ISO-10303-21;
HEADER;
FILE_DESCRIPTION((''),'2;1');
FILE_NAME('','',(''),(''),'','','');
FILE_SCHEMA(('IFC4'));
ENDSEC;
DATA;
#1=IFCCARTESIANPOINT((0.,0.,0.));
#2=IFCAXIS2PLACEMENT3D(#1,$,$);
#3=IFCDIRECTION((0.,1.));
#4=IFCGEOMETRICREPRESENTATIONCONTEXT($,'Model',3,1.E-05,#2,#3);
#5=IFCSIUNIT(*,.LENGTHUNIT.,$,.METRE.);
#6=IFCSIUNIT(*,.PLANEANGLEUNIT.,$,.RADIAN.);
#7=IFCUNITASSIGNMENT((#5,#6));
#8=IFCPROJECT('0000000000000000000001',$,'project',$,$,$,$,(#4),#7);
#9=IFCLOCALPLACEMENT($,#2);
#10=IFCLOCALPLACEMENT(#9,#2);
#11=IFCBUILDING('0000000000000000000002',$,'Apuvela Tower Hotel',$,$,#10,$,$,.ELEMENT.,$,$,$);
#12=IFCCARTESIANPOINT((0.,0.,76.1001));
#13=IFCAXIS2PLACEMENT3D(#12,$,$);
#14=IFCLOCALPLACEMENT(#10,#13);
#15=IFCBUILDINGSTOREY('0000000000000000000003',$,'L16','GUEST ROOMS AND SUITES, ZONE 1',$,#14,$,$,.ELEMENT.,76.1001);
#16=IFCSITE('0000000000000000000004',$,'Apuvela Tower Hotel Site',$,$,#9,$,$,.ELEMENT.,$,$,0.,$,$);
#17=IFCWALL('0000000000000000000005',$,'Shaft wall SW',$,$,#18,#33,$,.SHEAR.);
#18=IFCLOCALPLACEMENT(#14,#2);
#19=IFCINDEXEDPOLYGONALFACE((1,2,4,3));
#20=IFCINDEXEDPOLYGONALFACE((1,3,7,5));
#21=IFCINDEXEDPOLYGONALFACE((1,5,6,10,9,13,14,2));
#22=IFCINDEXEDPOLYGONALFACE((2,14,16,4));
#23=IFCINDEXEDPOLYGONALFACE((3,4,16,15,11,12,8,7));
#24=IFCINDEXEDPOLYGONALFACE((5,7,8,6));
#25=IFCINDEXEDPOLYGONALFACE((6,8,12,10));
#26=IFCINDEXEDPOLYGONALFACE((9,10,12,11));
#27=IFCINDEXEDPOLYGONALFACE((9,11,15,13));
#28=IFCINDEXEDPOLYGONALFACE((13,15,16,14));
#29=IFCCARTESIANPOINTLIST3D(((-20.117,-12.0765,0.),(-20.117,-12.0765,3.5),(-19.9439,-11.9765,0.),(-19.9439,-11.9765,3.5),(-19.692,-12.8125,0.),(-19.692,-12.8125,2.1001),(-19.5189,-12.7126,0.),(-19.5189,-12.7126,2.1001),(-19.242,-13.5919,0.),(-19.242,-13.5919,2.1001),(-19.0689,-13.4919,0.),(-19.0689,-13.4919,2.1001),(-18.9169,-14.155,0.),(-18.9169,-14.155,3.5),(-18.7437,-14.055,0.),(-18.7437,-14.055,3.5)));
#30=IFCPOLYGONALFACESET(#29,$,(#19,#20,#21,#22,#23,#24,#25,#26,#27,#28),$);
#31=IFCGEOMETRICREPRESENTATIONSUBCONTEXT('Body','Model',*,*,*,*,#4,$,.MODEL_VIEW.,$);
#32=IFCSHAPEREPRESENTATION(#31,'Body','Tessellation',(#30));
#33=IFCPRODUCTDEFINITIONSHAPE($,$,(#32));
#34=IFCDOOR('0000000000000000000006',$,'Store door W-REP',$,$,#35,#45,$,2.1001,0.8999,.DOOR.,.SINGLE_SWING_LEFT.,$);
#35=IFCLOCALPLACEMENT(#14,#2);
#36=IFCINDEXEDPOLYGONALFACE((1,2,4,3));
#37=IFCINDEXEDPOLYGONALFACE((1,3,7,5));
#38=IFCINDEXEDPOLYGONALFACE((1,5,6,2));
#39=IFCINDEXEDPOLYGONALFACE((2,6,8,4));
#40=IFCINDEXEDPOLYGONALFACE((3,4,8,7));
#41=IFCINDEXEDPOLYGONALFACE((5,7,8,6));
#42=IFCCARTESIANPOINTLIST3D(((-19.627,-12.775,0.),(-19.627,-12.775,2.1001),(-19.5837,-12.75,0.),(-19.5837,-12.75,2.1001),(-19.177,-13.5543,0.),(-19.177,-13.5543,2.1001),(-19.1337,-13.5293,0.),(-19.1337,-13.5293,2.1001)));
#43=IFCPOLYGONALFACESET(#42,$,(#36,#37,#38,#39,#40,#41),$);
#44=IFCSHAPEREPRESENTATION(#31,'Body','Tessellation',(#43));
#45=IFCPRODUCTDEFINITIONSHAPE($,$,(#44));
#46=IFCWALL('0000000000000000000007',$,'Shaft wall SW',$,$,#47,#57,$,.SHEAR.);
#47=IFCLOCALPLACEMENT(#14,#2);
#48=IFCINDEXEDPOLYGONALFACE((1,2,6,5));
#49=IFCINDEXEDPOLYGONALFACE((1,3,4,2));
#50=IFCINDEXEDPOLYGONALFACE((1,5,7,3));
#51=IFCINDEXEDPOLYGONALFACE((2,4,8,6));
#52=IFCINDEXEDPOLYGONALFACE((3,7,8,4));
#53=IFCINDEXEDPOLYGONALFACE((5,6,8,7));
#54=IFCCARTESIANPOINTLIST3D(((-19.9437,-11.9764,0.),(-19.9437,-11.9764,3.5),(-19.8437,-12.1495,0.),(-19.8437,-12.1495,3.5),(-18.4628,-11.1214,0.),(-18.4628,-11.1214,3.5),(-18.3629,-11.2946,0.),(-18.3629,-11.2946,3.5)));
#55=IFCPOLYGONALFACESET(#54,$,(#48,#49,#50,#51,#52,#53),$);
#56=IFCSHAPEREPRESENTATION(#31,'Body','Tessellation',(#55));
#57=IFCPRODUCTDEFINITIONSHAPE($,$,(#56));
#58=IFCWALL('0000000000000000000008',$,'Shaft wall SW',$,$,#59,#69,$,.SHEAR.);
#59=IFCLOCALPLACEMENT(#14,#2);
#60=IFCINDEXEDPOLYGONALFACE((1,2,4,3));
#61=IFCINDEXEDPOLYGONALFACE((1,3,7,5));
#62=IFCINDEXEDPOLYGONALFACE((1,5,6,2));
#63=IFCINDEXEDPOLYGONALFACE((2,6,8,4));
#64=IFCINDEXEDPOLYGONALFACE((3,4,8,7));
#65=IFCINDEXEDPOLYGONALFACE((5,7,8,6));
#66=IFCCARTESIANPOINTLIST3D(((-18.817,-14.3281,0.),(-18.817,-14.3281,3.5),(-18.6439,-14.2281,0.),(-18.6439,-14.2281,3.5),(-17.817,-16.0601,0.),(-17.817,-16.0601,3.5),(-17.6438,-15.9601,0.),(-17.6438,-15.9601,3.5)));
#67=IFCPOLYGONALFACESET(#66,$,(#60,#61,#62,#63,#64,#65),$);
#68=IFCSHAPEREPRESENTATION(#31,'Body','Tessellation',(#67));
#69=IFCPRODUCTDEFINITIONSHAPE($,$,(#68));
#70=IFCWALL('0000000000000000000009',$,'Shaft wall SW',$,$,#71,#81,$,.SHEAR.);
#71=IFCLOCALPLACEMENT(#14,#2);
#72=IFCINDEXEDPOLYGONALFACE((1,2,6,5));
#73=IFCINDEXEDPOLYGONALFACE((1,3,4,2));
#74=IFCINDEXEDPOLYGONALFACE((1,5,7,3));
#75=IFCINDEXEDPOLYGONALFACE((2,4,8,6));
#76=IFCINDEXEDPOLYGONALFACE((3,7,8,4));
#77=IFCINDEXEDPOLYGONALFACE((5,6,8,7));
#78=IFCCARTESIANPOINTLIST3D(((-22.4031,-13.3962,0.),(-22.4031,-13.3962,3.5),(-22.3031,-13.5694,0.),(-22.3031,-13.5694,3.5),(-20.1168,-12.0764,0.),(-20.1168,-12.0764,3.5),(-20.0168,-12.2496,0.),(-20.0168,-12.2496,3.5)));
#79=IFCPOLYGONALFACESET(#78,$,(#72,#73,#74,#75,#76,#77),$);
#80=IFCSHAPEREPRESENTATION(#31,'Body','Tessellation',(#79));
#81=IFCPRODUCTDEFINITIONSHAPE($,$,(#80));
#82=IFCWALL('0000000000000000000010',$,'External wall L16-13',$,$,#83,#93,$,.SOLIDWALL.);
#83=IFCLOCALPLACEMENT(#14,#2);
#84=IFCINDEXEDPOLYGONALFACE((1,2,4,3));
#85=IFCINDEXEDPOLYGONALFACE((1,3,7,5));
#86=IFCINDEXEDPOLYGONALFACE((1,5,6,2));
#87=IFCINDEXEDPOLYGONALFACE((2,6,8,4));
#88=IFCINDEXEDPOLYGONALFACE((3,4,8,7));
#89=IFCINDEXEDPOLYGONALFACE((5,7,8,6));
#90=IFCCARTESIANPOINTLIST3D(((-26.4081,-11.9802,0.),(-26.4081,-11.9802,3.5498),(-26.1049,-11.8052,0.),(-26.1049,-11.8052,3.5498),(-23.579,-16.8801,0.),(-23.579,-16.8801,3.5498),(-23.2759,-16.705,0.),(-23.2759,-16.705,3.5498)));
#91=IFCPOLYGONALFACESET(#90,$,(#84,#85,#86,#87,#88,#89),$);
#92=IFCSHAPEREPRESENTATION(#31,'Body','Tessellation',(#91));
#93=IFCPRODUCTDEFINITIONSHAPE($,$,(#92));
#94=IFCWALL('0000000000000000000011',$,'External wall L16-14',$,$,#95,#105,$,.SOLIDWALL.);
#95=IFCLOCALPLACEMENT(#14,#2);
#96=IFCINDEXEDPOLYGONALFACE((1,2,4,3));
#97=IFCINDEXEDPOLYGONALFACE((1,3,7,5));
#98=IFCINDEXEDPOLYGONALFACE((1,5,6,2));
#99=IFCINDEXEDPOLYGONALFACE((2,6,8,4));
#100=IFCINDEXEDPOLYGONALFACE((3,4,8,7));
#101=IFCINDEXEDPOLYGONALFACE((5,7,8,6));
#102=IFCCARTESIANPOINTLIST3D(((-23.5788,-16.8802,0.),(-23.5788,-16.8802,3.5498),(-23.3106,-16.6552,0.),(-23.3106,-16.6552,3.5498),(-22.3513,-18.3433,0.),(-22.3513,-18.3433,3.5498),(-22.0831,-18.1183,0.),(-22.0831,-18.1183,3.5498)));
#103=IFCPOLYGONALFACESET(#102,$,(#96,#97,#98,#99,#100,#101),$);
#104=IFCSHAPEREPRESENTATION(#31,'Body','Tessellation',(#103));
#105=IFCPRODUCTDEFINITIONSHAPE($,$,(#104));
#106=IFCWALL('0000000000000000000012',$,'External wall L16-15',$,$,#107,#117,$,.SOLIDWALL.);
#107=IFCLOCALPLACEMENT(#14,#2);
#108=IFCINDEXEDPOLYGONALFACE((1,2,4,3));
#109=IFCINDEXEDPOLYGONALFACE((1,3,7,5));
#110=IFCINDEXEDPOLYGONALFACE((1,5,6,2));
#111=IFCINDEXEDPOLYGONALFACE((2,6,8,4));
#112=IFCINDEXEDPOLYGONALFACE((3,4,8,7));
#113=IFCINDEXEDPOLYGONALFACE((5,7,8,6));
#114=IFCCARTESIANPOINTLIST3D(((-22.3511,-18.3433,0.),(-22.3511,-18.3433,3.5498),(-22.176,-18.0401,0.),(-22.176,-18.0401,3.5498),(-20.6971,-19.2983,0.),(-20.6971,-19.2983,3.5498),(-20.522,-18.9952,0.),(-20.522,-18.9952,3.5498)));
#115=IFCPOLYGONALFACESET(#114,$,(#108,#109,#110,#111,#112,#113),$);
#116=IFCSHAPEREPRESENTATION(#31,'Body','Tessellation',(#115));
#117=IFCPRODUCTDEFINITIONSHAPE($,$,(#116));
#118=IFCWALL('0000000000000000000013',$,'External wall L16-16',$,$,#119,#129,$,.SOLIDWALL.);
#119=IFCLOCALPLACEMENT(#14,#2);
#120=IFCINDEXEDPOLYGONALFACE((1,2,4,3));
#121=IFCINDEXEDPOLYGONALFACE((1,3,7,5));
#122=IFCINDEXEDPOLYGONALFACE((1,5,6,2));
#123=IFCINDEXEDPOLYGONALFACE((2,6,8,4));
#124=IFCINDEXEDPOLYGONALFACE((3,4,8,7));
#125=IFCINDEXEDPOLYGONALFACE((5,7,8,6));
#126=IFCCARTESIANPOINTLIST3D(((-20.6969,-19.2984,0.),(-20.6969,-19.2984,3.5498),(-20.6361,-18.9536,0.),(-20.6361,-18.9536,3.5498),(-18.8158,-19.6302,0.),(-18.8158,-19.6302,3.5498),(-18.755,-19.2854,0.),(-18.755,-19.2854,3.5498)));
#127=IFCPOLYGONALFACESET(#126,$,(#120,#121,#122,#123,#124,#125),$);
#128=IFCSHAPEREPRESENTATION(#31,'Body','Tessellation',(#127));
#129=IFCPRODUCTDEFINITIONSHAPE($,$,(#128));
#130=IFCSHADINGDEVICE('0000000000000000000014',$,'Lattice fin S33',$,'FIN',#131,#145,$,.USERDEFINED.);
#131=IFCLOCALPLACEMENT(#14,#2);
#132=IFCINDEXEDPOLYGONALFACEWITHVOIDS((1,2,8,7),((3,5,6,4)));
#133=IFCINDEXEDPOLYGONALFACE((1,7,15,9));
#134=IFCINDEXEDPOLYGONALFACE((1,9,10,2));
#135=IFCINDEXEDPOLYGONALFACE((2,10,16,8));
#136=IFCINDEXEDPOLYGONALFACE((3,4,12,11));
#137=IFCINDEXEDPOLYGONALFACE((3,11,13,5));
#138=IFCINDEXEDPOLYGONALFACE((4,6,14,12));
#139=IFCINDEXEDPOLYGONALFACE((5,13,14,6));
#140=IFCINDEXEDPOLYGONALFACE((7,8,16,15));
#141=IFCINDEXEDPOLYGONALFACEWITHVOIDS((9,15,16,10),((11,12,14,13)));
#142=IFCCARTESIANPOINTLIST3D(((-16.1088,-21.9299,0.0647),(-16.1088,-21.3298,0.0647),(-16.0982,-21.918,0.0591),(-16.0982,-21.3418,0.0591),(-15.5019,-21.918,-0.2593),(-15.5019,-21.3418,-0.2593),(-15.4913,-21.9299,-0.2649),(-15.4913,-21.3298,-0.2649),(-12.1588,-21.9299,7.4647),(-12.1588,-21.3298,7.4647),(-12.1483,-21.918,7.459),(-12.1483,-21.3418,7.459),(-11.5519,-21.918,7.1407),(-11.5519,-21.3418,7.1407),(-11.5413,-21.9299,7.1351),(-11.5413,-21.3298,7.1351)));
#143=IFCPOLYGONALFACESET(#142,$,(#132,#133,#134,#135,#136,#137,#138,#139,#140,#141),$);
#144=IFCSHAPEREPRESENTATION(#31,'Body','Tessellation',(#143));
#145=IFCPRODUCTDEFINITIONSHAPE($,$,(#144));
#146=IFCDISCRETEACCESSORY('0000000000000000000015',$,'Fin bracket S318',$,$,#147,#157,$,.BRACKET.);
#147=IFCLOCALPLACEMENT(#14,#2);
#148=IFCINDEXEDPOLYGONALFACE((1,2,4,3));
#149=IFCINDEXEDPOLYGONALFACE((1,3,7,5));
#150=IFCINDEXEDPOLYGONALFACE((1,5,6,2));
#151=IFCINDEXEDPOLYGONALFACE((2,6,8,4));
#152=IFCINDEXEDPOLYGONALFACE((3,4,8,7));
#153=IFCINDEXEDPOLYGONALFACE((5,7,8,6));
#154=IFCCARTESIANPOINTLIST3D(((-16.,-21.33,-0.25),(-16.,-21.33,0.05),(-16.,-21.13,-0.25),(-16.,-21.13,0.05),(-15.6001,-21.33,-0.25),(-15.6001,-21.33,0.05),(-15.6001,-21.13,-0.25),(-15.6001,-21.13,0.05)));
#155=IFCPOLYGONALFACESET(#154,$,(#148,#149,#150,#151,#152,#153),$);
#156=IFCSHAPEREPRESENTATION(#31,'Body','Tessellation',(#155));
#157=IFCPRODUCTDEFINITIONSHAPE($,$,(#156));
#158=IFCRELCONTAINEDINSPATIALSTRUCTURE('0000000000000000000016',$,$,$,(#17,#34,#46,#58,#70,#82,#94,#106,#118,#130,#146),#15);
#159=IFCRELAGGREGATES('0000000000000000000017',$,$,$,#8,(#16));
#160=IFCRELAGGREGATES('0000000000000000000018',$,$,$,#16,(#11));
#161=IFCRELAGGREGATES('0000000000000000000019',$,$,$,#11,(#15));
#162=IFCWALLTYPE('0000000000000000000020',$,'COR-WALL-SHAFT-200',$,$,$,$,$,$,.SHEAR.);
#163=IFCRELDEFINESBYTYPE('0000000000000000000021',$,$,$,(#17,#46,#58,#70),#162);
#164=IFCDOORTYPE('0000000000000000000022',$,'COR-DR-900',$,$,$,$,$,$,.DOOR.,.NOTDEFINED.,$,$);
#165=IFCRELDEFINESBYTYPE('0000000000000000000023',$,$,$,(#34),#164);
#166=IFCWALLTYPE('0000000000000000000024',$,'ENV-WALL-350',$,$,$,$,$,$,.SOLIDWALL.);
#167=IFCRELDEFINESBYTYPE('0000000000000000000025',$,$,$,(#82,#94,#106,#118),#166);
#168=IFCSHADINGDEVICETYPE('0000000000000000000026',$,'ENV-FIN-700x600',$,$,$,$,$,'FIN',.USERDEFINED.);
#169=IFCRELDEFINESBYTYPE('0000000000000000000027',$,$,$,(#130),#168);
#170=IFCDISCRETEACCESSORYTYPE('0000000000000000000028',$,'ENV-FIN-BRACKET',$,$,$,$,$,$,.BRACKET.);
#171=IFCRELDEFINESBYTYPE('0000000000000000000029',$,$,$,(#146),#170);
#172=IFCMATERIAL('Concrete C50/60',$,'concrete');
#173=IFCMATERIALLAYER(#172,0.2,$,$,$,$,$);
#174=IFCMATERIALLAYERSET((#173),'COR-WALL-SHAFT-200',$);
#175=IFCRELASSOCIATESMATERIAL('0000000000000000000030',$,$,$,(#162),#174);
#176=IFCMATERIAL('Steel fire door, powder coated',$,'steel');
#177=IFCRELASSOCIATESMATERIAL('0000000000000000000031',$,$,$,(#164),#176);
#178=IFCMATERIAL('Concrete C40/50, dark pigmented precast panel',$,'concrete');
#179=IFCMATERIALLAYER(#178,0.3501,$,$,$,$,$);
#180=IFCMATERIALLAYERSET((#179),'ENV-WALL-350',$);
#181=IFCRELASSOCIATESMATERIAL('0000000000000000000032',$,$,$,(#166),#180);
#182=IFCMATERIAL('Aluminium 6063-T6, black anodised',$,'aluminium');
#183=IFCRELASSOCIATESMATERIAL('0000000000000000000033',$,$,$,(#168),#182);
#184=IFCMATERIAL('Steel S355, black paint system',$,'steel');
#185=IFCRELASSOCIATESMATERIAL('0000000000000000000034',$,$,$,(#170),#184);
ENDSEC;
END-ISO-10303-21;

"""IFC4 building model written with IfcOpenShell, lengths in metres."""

from ifc_helpers import new_model, si_unit, direction, frame, frame_2d, origin, origin_2d, place, context, subcontext, project, spatial, rectangle, hollow_rectangle, extrude, material, layer, layer_set, material_profile, profile_set, type_object, element, fill, save


model = new_model("IFC4")

# Units and contexts
model_context = context("Model", 3, precision=1e-05, world=origin(), true_north=direction((0.0, 1.0)))
body_context = subcontext(model_context, "Body", "Model", "MODEL_VIEW")
ifc_project = project(units=[si_unit("LENGTHUNIT", "METRE"), si_unit("PLANEANGLEUNIT", "RADIAN")], contexts=[model_context])

# Site, building, storey
site_placement = place(None, origin())
site = spatial("IfcSite", under=ifc_project, at=site_placement, Name="Apuvela Tower Hotel Site", CompositionType="ELEMENT", RefElevation=0.0)
building_placement = place(site_placement, origin())
building = spatial("IfcBuilding", under=site, at=building_placement, Name="Apuvela Tower Hotel", CompositionType="ELEMENT")
storey_placement = place(building_placement, frame((0.0, 0.0, 76.1001)))
storey = spatial("IfcBuildingStorey", under=building, at=storey_placement, Name="L16", Description="GUEST ROOMS AND SUITES, ZONE 1", CompositionType="ELEMENT", Elevation=76.1001)

# Wall, opening, door
ifc_material_1 = material(Name="Concrete C50/60", Category="concrete")
ifc_layer_1 = layer(ifc_material_1, 0.2)
ifc_layer_set_1 = layer_set([ifc_layer_1], Name="COR-WALL-SHAFT-200")
wall_type_1 = type_object("IfcWallType", Name="COR-WALL-SHAFT-200", PredefinedType="SHEAR", material=ifc_layer_set_1)
wall_1_placement = place(storey_placement, frame((-20.0305, -12.0264, 0.0), z_axis=(0.0, 0.0, 1.0), x_axis=(0.500034, -0.866006, 0.0)))
wall_1 = element("IfcWall", 1, at=wall_1_placement, inside=storey, type_object=wall_type_1, Name="Shaft wall SW", PredefinedType="SHEAR", context=body_context, shape_type="SweptSolid", body=[
    extrude(rectangle(XDim=2.4001, YDim=0.2, at=frame_2d((1.2002, 0.0))), origin(), (0.0, 0.0, 1.0), 3.5),
])
opening_1_placement = place(wall_1_placement, frame((0.8501, 0.0, 0.0)))
opening_1 = element("IfcOpeningElement", 2, at=opening_1_placement, cuts=wall_1, PredefinedType="OPENING", context=body_context, shape_type="SweptSolid", body=[
    extrude(rectangle(XDim=0.8999, YDim=2.1001, at=frame_2d((0.45, 1.05))), frame((0.0, 0.1099, 0.0), z_axis=(0.0, -1.0, 0.0), x_axis=(1.0, 0.0, 0.0)), (0.0, 0.0, 1.0), 0.22),
])
ifc_material_2 = material(Name="Steel fire door, powder coated", Category="steel")
door_type_1 = type_object("IfcDoorType", Name="COR-DR-900", OperationType="NOTDEFINED", PredefinedType="DOOR", material=ifc_material_2)
door_1_placement = place(opening_1_placement, frame((0.8999, 0.0, 0.0), z_axis=(0.0, 0.0, 1.0), x_axis=(-1.0, 0.0, 0.0)))
door_1 = element("IfcDoor", 3, at=door_1_placement, inside=storey, type_object=door_type_1, Name="Store door W-REP", OperationType="SINGLE_SWING_LEFT", OverallHeight=2.1001, OverallWidth=0.8999, PredefinedType="DOOR", context=body_context, shape_type="SweptSolid", body=[
    extrude(rectangle(XDim=0.8999, YDim=2.1001, at=frame_2d((0.45, 1.05))), frame((0.0, 0.0249, 0.0), z_axis=(0.0, -1.0, 0.0), x_axis=(1.0, 0.0, 0.0)), (0.0, 0.0, 1.0), 0.05),
])
fill(opening_1, door_1)

# Walls
wall_2_placement = place(storey_placement, frame((-18.4128, -11.208, 0.0), z_axis=(0.0, 0.0, 1.0), x_axis=(-0.866038, -0.499978, 0.0)))
element("IfcWall", 4, at=wall_2_placement, inside=storey, type_object=wall_type_1, Name="Shaft wall SW", PredefinedType="SHEAR", context=body_context, shape_type="SweptSolid", body=[
    extrude(rectangle(XDim=1.71, YDim=0.2, at=frame_2d((0.855, 0.0))), origin(), (0.0, 0.0, 1.0), 3.5),
])
wall_3_placement = place(storey_placement, frame((-18.7305, -14.2781, 0.0), z_axis=(0.0, 0.0, 1.0), x_axis=(0.500025, -0.866011, 0.0)))
element("IfcWall", 5, at=wall_3_placement, inside=storey, type_object=wall_type_1, Name="Shaft wall SW", PredefinedType="SHEAR", context=body_context, shape_type="SweptSolid", body=[
    extrude(rectangle(XDim=2.0, YDim=0.2, at=frame_2d((1.0, 0.0))), origin(), (0.0, 0.0, 1.0), 3.5),
])
wall_4_placement = place(storey_placement, frame((-20.0669, -12.1631, 0.0), z_axis=(0.0, 0.0, 1.0), x_axis=(-0.866061, -0.499939, 0.0)))
element("IfcWall", 6, at=wall_4_placement, inside=storey, type_object=wall_type_1, Name="Shaft wall SW", PredefinedType="SHEAR", context=body_context, shape_type="SweptSolid", body=[
    extrude(rectangle(XDim=2.6399, YDim=0.2, at=frame_2d((1.3198, 0.0))), origin(), (0.0, 0.0, 1.0), 3.5),
])
ifc_material_3 = material(Name="Concrete C40/50, dark pigmented precast panel", Category="concrete")
ifc_layer_2 = layer(ifc_material_3, 0.3501)
ifc_layer_set_2 = layer_set([ifc_layer_2], Name="ENV-WALL-350")
wall_type_2 = type_object("IfcWallType", Name="ENV-WALL-350", PredefinedType="SOLIDWALL", material=ifc_layer_set_2)
wall_5_placement = place(storey_placement, frame((-26.2566, -11.8926, 0.0), z_axis=(0.0, 0.0, 1.0), x_axis=(0.500019, -0.866015, 0.0)))
element("IfcWall", 7, at=wall_5_placement, inside=storey, type_object=wall_type_2, Name="External wall L16-13", PredefinedType="SOLIDWALL", context=body_context, shape_type="SweptSolid", body=[
    extrude(rectangle(XDim=5.658, YDim=0.3501, at=frame_2d((2.8291, 0.0))), origin(), (0.0, 0.0, 1.0), 3.5498),
])
for number, where, z_axis, x_axis, name in (
    (8, (-23.4448, -16.7676, 0.0), (0.0, 0.0, 1.0), (0.642733, -0.76609, 0.0), "External wall L16-14"),
    (9, (-22.2637, -18.1917, 0.0), (0.0, 0.0, 1.0), (0.866, -0.500043, 0.0), "External wall L16-15"),
):
    element("IfcWall", number, at=place(storey_placement, frame(where, z_axis=z_axis, x_axis=x_axis)), inside=storey, type_object=wall_type_2, Name=name, PredefinedType="SOLIDWALL", context=body_context, shape_type="SweptSolid", body=[
        extrude(rectangle(XDim=1.9099, YDim=0.3501, at=frame_2d((0.9551, 0.0))), origin(), (0.0, 0.0, 1.0), 3.5498),
    ])
wall_6_placement = place(storey_placement, frame((-20.6665, -19.126, 0.0), z_axis=(0.0, 0.0, 1.0), x_axis=(0.984799, -0.173698, 0.0)))
element("IfcWall", 10, at=wall_6_placement, inside=storey, type_object=wall_type_2, Name="External wall L16-16", PredefinedType="SOLIDWALL", context=body_context, shape_type="SweptSolid", body=[
    extrude(rectangle(XDim=1.9102, YDim=0.3501, at=frame_2d((0.9551, 0.0))), origin(), (0.0, 0.0, 1.0), 3.5498),
])

# Shading device
ifc_material_4 = material(Name="Aluminium 6063-T6, black anodised", Category="aluminium")
ifc_material_profile_1 = material_profile(ifc_material_4, hollow_rectangle(XDim=0.6001, YDim=0.7, WallThickness=0.012, at=origin_2d()), Name="AL BOX 700x600x12")
ifc_profile_set_1 = profile_set([ifc_material_profile_1], Name="Aluminium 6063-T6, black anodised")
shading_device_type = type_object("IfcShadingDeviceType", Name="ENV-FIN-700x600", ElementType="FIN", PredefinedType="USERDEFINED", material=ifc_profile_set_1)
shading_device_placement = place(storey_placement, frame((-15.8, -21.6299, -0.1001), z_axis=(0.470898, 0.0, 0.882188), x_axis=(0.0, 1.0, 0.0)))
element("IfcShadingDevice", 11, at=shading_device_placement, inside=storey, type_object=shading_device_type, Name="Lattice fin S33", ObjectType="FIN", PredefinedType="USERDEFINED", context=body_context, shape_type="SweptSolid", body=[
    extrude(hollow_rectangle(XDim=0.6001, YDim=0.7, WallThickness=0.012, at=origin_2d()), origin(), (0.0, 0.0, 1.0), 8.3882),
])

# Discrete accessory
ifc_material_5 = material(Name="Steel S355, black paint system", Category="steel")
discrete_accessory_type = type_object("IfcDiscreteAccessoryType", Name="ENV-FIN-BRACKET", PredefinedType="BRACKET", material=ifc_material_5)
discrete_accessory_placement = place(storey_placement, frame((-15.8, -21.23, -0.25), z_axis=(0.0, 0.0, 1.0), x_axis=(1.0, 0.0, 0.0)))
element("IfcDiscreteAccessory", 12, at=discrete_accessory_placement, inside=storey, type_object=discrete_accessory_type, Name="Fin bracket S318", PredefinedType="BRACKET", context=body_context, shape_type="SweptSolid", body=[
    extrude(rectangle(XDim=0.3999, YDim=0.2, at=origin_2d()), origin(), (0.0, 0.0, 1.0), 0.3),
])

save(model, "model.ifc")
